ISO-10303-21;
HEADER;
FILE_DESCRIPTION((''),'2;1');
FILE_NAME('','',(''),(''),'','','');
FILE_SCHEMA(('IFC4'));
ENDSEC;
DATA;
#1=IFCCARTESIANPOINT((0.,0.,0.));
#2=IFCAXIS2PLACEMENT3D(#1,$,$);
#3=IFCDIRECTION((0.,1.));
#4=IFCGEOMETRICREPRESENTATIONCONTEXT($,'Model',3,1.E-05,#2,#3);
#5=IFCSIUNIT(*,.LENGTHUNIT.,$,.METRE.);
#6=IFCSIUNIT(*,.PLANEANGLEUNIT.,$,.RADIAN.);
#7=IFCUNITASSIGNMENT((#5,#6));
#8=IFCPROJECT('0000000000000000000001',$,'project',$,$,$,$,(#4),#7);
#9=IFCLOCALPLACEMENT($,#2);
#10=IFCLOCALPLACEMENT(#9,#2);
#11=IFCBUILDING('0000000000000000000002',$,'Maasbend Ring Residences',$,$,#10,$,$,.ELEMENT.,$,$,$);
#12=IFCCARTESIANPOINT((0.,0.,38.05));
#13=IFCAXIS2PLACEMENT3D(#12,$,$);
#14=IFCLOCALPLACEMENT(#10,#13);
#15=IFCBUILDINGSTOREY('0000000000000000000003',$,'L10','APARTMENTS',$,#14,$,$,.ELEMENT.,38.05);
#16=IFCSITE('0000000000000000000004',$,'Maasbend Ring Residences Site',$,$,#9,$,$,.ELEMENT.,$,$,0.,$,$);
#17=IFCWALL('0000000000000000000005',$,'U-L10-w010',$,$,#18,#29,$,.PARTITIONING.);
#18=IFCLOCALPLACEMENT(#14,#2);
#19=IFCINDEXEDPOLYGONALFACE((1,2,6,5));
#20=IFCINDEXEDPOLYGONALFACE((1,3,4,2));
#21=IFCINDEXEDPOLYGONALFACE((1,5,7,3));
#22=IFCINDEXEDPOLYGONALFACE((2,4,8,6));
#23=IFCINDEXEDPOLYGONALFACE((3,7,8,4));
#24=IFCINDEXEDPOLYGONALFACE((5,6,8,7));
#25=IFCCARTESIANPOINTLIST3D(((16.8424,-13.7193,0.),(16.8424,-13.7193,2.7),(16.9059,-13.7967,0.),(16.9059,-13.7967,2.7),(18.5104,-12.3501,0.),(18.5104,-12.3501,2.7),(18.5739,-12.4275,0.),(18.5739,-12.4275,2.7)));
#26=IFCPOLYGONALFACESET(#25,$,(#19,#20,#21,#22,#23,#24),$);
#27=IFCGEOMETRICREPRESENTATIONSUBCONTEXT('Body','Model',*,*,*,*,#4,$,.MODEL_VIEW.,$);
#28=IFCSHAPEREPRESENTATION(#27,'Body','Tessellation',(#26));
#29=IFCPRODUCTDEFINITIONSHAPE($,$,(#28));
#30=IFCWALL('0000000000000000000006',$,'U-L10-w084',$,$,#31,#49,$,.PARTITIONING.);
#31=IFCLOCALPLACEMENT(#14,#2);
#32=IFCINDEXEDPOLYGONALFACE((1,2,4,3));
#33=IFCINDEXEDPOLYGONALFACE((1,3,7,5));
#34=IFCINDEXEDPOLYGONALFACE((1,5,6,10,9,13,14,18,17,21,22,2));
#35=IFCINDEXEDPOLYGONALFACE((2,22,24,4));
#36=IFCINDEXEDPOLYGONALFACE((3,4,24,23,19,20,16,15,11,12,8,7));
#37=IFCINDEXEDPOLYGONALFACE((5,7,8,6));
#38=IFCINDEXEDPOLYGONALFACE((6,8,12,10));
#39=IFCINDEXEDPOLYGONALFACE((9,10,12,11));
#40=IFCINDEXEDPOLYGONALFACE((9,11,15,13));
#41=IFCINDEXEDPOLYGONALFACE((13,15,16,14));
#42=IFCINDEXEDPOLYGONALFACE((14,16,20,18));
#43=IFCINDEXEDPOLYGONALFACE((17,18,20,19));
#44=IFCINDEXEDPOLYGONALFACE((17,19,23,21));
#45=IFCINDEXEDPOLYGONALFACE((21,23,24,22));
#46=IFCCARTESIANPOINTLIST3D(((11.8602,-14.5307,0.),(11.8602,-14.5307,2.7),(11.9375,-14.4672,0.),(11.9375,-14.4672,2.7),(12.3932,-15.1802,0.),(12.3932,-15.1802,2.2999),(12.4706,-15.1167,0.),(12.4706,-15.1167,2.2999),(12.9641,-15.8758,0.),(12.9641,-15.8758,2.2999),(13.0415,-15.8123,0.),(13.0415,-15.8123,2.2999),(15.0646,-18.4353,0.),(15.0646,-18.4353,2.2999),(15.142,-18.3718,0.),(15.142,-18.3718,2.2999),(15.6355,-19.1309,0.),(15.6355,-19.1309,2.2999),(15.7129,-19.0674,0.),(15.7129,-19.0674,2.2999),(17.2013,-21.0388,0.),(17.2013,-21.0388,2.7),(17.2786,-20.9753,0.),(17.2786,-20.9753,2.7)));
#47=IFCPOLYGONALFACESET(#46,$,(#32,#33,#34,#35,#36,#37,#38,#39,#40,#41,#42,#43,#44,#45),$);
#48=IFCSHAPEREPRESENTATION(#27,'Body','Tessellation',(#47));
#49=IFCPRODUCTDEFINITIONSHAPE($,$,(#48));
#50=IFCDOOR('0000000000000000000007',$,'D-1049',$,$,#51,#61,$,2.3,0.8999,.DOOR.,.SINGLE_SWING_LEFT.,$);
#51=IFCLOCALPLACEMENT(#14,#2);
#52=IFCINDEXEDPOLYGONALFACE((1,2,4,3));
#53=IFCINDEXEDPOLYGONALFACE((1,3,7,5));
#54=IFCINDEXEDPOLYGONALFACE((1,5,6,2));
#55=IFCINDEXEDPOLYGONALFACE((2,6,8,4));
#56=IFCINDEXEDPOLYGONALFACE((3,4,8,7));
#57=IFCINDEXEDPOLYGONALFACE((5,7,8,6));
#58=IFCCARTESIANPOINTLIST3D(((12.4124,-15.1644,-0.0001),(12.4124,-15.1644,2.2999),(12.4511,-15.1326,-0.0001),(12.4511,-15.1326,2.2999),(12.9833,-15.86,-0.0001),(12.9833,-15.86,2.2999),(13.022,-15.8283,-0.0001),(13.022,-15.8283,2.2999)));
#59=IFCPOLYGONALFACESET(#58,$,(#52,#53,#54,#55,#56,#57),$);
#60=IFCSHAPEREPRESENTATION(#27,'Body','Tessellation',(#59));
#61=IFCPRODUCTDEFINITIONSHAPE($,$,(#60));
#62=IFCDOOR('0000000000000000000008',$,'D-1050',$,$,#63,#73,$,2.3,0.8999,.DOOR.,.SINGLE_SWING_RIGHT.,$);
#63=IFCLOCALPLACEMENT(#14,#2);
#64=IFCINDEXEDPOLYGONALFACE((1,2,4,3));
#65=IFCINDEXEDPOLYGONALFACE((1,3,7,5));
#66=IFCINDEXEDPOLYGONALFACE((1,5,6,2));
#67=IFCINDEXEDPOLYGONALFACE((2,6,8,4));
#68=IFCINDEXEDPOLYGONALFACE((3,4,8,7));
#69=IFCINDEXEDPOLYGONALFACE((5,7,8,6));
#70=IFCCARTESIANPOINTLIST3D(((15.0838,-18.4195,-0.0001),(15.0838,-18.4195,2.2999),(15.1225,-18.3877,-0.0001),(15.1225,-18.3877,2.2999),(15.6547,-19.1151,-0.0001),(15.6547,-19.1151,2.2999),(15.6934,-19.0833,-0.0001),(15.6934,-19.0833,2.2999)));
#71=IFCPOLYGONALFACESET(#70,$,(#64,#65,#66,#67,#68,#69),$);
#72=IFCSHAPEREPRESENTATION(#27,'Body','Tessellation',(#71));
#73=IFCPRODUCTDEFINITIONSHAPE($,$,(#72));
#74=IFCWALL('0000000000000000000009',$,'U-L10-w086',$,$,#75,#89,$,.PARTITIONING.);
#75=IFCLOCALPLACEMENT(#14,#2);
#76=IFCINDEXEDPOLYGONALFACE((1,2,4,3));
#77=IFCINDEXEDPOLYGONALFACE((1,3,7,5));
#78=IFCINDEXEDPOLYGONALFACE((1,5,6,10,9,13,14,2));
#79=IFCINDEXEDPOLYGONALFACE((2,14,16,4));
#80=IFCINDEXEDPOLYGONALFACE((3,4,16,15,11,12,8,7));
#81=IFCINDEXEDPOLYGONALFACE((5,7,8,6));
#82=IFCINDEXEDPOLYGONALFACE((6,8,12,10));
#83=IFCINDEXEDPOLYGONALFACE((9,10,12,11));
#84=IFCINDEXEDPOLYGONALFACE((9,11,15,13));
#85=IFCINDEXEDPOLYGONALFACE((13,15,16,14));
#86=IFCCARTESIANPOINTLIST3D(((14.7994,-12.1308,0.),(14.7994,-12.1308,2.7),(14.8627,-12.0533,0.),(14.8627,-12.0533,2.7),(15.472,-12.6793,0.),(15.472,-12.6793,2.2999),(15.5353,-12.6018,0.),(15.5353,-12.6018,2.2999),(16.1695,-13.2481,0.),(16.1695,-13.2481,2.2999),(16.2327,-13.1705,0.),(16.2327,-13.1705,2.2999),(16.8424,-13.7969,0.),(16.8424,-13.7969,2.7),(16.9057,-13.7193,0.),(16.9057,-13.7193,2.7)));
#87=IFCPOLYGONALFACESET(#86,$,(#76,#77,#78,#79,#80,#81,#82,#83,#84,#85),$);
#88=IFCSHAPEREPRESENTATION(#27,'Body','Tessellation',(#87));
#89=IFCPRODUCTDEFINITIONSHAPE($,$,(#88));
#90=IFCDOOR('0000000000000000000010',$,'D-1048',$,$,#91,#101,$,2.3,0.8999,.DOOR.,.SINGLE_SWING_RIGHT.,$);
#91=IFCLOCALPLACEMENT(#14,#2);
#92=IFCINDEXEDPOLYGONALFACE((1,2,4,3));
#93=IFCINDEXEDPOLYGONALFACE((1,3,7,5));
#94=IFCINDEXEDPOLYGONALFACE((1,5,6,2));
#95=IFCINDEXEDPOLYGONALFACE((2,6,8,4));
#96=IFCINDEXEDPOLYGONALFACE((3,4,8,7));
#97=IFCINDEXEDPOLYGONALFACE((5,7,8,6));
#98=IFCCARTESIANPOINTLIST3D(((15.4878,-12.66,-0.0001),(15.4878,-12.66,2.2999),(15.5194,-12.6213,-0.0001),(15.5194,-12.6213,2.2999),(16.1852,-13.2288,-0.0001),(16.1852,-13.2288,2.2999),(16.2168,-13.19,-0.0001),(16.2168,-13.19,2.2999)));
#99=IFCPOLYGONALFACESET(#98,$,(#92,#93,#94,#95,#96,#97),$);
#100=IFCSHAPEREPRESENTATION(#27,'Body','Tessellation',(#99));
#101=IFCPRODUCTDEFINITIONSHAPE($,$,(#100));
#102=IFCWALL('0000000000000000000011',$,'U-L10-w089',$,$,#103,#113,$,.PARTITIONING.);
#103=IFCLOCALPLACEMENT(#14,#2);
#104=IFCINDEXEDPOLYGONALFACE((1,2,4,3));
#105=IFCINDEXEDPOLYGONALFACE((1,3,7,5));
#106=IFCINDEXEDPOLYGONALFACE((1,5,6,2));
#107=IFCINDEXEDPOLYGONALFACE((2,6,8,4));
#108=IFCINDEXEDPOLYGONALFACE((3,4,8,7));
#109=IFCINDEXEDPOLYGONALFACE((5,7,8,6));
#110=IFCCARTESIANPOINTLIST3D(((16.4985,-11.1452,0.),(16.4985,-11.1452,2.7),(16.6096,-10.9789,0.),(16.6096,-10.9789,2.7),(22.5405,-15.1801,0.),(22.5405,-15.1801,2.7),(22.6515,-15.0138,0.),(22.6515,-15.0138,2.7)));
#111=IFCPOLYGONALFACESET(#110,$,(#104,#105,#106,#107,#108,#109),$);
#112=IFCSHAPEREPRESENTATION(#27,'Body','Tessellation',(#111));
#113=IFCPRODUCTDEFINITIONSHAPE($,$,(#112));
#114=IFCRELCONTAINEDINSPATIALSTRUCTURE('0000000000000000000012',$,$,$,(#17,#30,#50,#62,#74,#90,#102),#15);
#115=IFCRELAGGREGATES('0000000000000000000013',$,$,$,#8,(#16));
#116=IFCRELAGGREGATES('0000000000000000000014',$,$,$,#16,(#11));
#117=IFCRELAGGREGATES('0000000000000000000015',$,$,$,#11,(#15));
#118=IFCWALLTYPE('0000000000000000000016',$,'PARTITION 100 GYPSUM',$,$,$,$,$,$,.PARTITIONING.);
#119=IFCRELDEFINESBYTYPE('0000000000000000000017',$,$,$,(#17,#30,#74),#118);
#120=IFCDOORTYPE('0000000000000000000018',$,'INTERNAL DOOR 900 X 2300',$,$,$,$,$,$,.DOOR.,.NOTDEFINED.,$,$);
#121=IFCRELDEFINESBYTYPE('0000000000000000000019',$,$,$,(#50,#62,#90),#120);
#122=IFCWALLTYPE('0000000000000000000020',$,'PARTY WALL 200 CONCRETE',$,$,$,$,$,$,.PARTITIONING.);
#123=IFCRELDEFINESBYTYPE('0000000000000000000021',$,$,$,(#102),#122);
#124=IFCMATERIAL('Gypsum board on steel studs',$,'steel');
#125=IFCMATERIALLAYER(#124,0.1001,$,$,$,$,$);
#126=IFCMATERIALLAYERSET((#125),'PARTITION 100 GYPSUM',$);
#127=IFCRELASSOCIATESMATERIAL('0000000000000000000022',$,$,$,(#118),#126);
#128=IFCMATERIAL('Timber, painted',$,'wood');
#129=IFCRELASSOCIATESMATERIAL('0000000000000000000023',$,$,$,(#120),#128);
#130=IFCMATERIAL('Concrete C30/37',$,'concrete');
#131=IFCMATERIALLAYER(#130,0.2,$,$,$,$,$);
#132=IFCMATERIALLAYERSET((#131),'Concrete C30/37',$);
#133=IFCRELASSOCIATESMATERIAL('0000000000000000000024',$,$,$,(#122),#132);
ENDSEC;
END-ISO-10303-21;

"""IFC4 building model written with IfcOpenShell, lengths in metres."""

from ifc_helpers import new_model, si_unit, direction, frame, frame_2d, origin, place, context, subcontext, project, spatial, rectangle, extrude, material, layer, layer_set, type_object, element, fill, save


model = new_model("IFC4")

# Units and contexts
model_context = context("Model", 3, precision=1e-05, world=origin(), true_north=direction((0.0, 1.0)))
body_context = subcontext(model_context, "Body", "Model", "MODEL_VIEW")
ifc_project = project(units=[si_unit("LENGTHUNIT", "METRE"), si_unit("PLANEANGLEUNIT", "RADIAN")], contexts=[model_context])

# Site, building, storey
site_placement = place(None, origin())
site = spatial("IfcSite", under=ifc_project, at=site_placement, Name="Maasbend Ring Residences Site", CompositionType="ELEMENT", RefElevation=0.0)
building_placement = place(site_placement, origin())
building = spatial("IfcBuilding", under=site, at=building_placement, Name="Maasbend Ring Residences", CompositionType="ELEMENT")
storey_placement = place(building_placement, frame((0.0, 0.0, 38.05)))
storey = spatial("IfcBuildingStorey", under=building, at=storey_placement, Name="L10", Description="APARTMENTS", CompositionType="ELEMENT", Elevation=38.05)

# Wall
ifc_material_1 = material(Name="Gypsum board on steel studs", Category="steel")
ifc_layer_1 = layer(ifc_material_1, 0.1001)
ifc_layer_set_1 = layer_set([ifc_layer_1], Name="PARTITION 100 GYPSUM")
wall_type_1 = type_object("IfcWallType", Name="PARTITION 100 GYPSUM", PredefinedType="PARTITIONING", material=ifc_layer_set_1)
wall_1_placement = place(storey_placement, frame((16.874, -13.7581, 0.0), z_axis=(0.0, 0.0, 1.0), x_axis=(0.772948, 0.634469, 0.0)))
element("IfcWall", 1, at=wall_1_placement, inside=storey, type_object=wall_type_1, Name="U-L10-w010", PredefinedType="PARTITIONING", context=body_context, shape_type="SweptSolid", body=[
    extrude(rectangle(XDim=2.158, YDim=0.1001, at=frame_2d((1.0791, 0.0))), origin(), (0.0, 0.0, 1.0), 2.7),
])

# Wall, openings, doors
wall_2_placement = place(storey_placement, frame((11.8989, -14.499, 0.0), z_axis=(0.0, 0.0, 1.0), x_axis=(0.634396, -0.773008, 0.0)))
wall_2 = element("IfcWall", 2, at=wall_2_placement, inside=storey, type_object=wall_type_1, Name="U-L10-w084", PredefinedType="PARTITIONING", context=body_context, shape_type="SweptSolid", body=[
    extrude(rectangle(XDim=8.4192, YDim=0.1001, at=frame_2d((4.2095, 0.0))), origin(), (0.0, 0.0, 1.0), 2.7),
])
opening_1_placement = place(wall_2_placement, frame((0.8401, 0.0, 0.0)))
opening_1 = element("IfcOpeningElement", 3, at=opening_1_placement, cuts=wall_2, PredefinedType="OPENING", context=body_context, shape_type="SweptSolid", body=[
    extrude(rectangle(XDim=0.8999, YDim=2.3, at=frame_2d((0.45, 1.1499))), frame((0.0, 0.0601, 0.0), z_axis=(0.0, -1.0, 0.0), x_axis=(1.0, 0.0, 0.0)), (0.0, 0.0, 1.0), 0.1201),
])
opening_2_placement = place(wall_2_placement, frame((5.051, 0.0, 0.0)))
opening_2 = element("IfcOpeningElement", 4, at=opening_2_placement, cuts=wall_2, PredefinedType="OPENING", context=body_context, shape_type="SweptSolid", body=[
    extrude(rectangle(XDim=0.8999, YDim=2.3, at=frame_2d((0.45, 1.1499))), frame((0.0, 0.0601, 0.0), z_axis=(0.0, -1.0, 0.0), x_axis=(1.0, 0.0, 0.0)), (0.0, 0.0, 1.0), 0.1201),
])
ifc_material_2 = material(Name="Timber, painted", Category="wood")
door_type_1 = type_object("IfcDoorType", Name="INTERNAL DOOR 900 X 2300", OperationType="NOTDEFINED", PredefinedType="DOOR", material=ifc_material_2)
door_1_placement = place(opening_1_placement, origin())
door_1 = element("IfcDoor", 5, at=door_1_placement, inside=storey, type_object=door_type_1, Name="D-1049", OperationType="SINGLE_SWING_LEFT", OverallHeight=2.3, OverallWidth=0.8999, PredefinedType="DOOR", context=body_context, shape_type="SweptSolid", body=[
    extrude(rectangle(XDim=0.8999, YDim=2.3, at=frame_2d((0.45, 1.1499))), frame((0.0, 0.0249, 0.0), z_axis=(0.0, -1.0, 0.0), x_axis=(1.0, 0.0, 0.0)), (0.0, 0.0, 1.0), 0.05),
])
fill(opening_1, door_1)
door_2_placement = place(opening_2_placement, origin())
door_2 = element("IfcDoor", 6, at=door_2_placement, inside=storey, type_object=door_type_1, Name="D-1050", OperationType="SINGLE_SWING_RIGHT", OverallHeight=2.3, OverallWidth=0.8999, PredefinedType="DOOR", context=body_context, shape_type="SweptSolid", body=[
    extrude(rectangle(XDim=0.8999, YDim=2.3, at=frame_2d((0.45, 1.1499))), frame((0.0, 0.0249, 0.0), z_axis=(0.0, -1.0, 0.0), x_axis=(1.0, 0.0, 0.0)), (0.0, 0.0, 1.0), 0.05),
])
fill(opening_2, door_2)

# Wall, opening, door
wall_3_placement = place(storey_placement, frame((14.8311, -12.092, 0.0), z_axis=(0.0, 0.0, 1.0), x_axis=(0.77498, -0.631986, 0.0)))
wall_3 = element("IfcWall", 7, at=wall_3_placement, inside=storey, type_object=wall_type_1, Name="U-L10-w086", PredefinedType="PARTITIONING", context=body_context, shape_type="SweptSolid", body=[
    extrude(rectangle(XDim=2.6362, YDim=0.1001, at=frame_2d((1.3181, 0.0))), origin(), (0.0, 0.0, 1.0), 2.7),
])
opening_3_placement = place(wall_3_placement, frame((0.8679, 0.0, 0.0)))
opening_3 = element("IfcOpeningElement", 8, at=opening_3_placement, cuts=wall_3, PredefinedType="OPENING", context=body_context, shape_type="SweptSolid", body=[
    extrude(rectangle(XDim=0.8999, YDim=2.3, at=frame_2d((0.45, 1.1499))), frame((0.0, 0.0601, 0.0), z_axis=(0.0, -1.0, 0.0), x_axis=(1.0, 0.0, 0.0)), (0.0, 0.0, 1.0), 0.1201),
])
door_3_placement = place(opening_3_placement, origin())
door_3 = element("IfcDoor", 9, at=door_3_placement, inside=storey, type_object=door_type_1, Name="D-1048", OperationType="SINGLE_SWING_RIGHT", OverallHeight=2.3, OverallWidth=0.8999, PredefinedType="DOOR", context=body_context, shape_type="SweptSolid", body=[
    extrude(rectangle(XDim=0.8999, YDim=2.3, at=frame_2d((0.45, 1.1499))), frame((0.0, 0.0249, 0.0), z_axis=(0.0, -1.0, 0.0), x_axis=(1.0, 0.0, 0.0)), (0.0, 0.0, 1.0), 0.05),
])
fill(opening_3, door_3)

# Wall
ifc_material_3 = material(Name="Concrete C30/37", Category="concrete")
ifc_layer_2 = layer(ifc_material_3, 0.2)
ifc_layer_set_2 = layer_set([ifc_layer_2], Name="Concrete C30/37")
wall_type_2 = type_object("IfcWallType", Name="PARTY WALL 200 CONCRETE", PredefinedType="PARTITIONING", material=ifc_layer_set_2)
wall_4_placement = place(storey_placement, frame((16.554, -11.062, 0.0), z_axis=(0.0, 0.0, 1.0), x_axis=(0.831611, -0.555359, 0.0)))
element("IfcWall", 10, at=wall_4_placement, inside=storey, type_object=wall_type_2, Name="U-L10-w089", PredefinedType="PARTITIONING", context=body_context, shape_type="SweptSolid", body=[
    extrude(rectangle(XDim=7.2654, YDim=0.2, at=frame_2d((3.6328, 0.0))), origin(), (0.0, 0.0, 1.0), 2.7),
])

save(model, "model.ifc")
